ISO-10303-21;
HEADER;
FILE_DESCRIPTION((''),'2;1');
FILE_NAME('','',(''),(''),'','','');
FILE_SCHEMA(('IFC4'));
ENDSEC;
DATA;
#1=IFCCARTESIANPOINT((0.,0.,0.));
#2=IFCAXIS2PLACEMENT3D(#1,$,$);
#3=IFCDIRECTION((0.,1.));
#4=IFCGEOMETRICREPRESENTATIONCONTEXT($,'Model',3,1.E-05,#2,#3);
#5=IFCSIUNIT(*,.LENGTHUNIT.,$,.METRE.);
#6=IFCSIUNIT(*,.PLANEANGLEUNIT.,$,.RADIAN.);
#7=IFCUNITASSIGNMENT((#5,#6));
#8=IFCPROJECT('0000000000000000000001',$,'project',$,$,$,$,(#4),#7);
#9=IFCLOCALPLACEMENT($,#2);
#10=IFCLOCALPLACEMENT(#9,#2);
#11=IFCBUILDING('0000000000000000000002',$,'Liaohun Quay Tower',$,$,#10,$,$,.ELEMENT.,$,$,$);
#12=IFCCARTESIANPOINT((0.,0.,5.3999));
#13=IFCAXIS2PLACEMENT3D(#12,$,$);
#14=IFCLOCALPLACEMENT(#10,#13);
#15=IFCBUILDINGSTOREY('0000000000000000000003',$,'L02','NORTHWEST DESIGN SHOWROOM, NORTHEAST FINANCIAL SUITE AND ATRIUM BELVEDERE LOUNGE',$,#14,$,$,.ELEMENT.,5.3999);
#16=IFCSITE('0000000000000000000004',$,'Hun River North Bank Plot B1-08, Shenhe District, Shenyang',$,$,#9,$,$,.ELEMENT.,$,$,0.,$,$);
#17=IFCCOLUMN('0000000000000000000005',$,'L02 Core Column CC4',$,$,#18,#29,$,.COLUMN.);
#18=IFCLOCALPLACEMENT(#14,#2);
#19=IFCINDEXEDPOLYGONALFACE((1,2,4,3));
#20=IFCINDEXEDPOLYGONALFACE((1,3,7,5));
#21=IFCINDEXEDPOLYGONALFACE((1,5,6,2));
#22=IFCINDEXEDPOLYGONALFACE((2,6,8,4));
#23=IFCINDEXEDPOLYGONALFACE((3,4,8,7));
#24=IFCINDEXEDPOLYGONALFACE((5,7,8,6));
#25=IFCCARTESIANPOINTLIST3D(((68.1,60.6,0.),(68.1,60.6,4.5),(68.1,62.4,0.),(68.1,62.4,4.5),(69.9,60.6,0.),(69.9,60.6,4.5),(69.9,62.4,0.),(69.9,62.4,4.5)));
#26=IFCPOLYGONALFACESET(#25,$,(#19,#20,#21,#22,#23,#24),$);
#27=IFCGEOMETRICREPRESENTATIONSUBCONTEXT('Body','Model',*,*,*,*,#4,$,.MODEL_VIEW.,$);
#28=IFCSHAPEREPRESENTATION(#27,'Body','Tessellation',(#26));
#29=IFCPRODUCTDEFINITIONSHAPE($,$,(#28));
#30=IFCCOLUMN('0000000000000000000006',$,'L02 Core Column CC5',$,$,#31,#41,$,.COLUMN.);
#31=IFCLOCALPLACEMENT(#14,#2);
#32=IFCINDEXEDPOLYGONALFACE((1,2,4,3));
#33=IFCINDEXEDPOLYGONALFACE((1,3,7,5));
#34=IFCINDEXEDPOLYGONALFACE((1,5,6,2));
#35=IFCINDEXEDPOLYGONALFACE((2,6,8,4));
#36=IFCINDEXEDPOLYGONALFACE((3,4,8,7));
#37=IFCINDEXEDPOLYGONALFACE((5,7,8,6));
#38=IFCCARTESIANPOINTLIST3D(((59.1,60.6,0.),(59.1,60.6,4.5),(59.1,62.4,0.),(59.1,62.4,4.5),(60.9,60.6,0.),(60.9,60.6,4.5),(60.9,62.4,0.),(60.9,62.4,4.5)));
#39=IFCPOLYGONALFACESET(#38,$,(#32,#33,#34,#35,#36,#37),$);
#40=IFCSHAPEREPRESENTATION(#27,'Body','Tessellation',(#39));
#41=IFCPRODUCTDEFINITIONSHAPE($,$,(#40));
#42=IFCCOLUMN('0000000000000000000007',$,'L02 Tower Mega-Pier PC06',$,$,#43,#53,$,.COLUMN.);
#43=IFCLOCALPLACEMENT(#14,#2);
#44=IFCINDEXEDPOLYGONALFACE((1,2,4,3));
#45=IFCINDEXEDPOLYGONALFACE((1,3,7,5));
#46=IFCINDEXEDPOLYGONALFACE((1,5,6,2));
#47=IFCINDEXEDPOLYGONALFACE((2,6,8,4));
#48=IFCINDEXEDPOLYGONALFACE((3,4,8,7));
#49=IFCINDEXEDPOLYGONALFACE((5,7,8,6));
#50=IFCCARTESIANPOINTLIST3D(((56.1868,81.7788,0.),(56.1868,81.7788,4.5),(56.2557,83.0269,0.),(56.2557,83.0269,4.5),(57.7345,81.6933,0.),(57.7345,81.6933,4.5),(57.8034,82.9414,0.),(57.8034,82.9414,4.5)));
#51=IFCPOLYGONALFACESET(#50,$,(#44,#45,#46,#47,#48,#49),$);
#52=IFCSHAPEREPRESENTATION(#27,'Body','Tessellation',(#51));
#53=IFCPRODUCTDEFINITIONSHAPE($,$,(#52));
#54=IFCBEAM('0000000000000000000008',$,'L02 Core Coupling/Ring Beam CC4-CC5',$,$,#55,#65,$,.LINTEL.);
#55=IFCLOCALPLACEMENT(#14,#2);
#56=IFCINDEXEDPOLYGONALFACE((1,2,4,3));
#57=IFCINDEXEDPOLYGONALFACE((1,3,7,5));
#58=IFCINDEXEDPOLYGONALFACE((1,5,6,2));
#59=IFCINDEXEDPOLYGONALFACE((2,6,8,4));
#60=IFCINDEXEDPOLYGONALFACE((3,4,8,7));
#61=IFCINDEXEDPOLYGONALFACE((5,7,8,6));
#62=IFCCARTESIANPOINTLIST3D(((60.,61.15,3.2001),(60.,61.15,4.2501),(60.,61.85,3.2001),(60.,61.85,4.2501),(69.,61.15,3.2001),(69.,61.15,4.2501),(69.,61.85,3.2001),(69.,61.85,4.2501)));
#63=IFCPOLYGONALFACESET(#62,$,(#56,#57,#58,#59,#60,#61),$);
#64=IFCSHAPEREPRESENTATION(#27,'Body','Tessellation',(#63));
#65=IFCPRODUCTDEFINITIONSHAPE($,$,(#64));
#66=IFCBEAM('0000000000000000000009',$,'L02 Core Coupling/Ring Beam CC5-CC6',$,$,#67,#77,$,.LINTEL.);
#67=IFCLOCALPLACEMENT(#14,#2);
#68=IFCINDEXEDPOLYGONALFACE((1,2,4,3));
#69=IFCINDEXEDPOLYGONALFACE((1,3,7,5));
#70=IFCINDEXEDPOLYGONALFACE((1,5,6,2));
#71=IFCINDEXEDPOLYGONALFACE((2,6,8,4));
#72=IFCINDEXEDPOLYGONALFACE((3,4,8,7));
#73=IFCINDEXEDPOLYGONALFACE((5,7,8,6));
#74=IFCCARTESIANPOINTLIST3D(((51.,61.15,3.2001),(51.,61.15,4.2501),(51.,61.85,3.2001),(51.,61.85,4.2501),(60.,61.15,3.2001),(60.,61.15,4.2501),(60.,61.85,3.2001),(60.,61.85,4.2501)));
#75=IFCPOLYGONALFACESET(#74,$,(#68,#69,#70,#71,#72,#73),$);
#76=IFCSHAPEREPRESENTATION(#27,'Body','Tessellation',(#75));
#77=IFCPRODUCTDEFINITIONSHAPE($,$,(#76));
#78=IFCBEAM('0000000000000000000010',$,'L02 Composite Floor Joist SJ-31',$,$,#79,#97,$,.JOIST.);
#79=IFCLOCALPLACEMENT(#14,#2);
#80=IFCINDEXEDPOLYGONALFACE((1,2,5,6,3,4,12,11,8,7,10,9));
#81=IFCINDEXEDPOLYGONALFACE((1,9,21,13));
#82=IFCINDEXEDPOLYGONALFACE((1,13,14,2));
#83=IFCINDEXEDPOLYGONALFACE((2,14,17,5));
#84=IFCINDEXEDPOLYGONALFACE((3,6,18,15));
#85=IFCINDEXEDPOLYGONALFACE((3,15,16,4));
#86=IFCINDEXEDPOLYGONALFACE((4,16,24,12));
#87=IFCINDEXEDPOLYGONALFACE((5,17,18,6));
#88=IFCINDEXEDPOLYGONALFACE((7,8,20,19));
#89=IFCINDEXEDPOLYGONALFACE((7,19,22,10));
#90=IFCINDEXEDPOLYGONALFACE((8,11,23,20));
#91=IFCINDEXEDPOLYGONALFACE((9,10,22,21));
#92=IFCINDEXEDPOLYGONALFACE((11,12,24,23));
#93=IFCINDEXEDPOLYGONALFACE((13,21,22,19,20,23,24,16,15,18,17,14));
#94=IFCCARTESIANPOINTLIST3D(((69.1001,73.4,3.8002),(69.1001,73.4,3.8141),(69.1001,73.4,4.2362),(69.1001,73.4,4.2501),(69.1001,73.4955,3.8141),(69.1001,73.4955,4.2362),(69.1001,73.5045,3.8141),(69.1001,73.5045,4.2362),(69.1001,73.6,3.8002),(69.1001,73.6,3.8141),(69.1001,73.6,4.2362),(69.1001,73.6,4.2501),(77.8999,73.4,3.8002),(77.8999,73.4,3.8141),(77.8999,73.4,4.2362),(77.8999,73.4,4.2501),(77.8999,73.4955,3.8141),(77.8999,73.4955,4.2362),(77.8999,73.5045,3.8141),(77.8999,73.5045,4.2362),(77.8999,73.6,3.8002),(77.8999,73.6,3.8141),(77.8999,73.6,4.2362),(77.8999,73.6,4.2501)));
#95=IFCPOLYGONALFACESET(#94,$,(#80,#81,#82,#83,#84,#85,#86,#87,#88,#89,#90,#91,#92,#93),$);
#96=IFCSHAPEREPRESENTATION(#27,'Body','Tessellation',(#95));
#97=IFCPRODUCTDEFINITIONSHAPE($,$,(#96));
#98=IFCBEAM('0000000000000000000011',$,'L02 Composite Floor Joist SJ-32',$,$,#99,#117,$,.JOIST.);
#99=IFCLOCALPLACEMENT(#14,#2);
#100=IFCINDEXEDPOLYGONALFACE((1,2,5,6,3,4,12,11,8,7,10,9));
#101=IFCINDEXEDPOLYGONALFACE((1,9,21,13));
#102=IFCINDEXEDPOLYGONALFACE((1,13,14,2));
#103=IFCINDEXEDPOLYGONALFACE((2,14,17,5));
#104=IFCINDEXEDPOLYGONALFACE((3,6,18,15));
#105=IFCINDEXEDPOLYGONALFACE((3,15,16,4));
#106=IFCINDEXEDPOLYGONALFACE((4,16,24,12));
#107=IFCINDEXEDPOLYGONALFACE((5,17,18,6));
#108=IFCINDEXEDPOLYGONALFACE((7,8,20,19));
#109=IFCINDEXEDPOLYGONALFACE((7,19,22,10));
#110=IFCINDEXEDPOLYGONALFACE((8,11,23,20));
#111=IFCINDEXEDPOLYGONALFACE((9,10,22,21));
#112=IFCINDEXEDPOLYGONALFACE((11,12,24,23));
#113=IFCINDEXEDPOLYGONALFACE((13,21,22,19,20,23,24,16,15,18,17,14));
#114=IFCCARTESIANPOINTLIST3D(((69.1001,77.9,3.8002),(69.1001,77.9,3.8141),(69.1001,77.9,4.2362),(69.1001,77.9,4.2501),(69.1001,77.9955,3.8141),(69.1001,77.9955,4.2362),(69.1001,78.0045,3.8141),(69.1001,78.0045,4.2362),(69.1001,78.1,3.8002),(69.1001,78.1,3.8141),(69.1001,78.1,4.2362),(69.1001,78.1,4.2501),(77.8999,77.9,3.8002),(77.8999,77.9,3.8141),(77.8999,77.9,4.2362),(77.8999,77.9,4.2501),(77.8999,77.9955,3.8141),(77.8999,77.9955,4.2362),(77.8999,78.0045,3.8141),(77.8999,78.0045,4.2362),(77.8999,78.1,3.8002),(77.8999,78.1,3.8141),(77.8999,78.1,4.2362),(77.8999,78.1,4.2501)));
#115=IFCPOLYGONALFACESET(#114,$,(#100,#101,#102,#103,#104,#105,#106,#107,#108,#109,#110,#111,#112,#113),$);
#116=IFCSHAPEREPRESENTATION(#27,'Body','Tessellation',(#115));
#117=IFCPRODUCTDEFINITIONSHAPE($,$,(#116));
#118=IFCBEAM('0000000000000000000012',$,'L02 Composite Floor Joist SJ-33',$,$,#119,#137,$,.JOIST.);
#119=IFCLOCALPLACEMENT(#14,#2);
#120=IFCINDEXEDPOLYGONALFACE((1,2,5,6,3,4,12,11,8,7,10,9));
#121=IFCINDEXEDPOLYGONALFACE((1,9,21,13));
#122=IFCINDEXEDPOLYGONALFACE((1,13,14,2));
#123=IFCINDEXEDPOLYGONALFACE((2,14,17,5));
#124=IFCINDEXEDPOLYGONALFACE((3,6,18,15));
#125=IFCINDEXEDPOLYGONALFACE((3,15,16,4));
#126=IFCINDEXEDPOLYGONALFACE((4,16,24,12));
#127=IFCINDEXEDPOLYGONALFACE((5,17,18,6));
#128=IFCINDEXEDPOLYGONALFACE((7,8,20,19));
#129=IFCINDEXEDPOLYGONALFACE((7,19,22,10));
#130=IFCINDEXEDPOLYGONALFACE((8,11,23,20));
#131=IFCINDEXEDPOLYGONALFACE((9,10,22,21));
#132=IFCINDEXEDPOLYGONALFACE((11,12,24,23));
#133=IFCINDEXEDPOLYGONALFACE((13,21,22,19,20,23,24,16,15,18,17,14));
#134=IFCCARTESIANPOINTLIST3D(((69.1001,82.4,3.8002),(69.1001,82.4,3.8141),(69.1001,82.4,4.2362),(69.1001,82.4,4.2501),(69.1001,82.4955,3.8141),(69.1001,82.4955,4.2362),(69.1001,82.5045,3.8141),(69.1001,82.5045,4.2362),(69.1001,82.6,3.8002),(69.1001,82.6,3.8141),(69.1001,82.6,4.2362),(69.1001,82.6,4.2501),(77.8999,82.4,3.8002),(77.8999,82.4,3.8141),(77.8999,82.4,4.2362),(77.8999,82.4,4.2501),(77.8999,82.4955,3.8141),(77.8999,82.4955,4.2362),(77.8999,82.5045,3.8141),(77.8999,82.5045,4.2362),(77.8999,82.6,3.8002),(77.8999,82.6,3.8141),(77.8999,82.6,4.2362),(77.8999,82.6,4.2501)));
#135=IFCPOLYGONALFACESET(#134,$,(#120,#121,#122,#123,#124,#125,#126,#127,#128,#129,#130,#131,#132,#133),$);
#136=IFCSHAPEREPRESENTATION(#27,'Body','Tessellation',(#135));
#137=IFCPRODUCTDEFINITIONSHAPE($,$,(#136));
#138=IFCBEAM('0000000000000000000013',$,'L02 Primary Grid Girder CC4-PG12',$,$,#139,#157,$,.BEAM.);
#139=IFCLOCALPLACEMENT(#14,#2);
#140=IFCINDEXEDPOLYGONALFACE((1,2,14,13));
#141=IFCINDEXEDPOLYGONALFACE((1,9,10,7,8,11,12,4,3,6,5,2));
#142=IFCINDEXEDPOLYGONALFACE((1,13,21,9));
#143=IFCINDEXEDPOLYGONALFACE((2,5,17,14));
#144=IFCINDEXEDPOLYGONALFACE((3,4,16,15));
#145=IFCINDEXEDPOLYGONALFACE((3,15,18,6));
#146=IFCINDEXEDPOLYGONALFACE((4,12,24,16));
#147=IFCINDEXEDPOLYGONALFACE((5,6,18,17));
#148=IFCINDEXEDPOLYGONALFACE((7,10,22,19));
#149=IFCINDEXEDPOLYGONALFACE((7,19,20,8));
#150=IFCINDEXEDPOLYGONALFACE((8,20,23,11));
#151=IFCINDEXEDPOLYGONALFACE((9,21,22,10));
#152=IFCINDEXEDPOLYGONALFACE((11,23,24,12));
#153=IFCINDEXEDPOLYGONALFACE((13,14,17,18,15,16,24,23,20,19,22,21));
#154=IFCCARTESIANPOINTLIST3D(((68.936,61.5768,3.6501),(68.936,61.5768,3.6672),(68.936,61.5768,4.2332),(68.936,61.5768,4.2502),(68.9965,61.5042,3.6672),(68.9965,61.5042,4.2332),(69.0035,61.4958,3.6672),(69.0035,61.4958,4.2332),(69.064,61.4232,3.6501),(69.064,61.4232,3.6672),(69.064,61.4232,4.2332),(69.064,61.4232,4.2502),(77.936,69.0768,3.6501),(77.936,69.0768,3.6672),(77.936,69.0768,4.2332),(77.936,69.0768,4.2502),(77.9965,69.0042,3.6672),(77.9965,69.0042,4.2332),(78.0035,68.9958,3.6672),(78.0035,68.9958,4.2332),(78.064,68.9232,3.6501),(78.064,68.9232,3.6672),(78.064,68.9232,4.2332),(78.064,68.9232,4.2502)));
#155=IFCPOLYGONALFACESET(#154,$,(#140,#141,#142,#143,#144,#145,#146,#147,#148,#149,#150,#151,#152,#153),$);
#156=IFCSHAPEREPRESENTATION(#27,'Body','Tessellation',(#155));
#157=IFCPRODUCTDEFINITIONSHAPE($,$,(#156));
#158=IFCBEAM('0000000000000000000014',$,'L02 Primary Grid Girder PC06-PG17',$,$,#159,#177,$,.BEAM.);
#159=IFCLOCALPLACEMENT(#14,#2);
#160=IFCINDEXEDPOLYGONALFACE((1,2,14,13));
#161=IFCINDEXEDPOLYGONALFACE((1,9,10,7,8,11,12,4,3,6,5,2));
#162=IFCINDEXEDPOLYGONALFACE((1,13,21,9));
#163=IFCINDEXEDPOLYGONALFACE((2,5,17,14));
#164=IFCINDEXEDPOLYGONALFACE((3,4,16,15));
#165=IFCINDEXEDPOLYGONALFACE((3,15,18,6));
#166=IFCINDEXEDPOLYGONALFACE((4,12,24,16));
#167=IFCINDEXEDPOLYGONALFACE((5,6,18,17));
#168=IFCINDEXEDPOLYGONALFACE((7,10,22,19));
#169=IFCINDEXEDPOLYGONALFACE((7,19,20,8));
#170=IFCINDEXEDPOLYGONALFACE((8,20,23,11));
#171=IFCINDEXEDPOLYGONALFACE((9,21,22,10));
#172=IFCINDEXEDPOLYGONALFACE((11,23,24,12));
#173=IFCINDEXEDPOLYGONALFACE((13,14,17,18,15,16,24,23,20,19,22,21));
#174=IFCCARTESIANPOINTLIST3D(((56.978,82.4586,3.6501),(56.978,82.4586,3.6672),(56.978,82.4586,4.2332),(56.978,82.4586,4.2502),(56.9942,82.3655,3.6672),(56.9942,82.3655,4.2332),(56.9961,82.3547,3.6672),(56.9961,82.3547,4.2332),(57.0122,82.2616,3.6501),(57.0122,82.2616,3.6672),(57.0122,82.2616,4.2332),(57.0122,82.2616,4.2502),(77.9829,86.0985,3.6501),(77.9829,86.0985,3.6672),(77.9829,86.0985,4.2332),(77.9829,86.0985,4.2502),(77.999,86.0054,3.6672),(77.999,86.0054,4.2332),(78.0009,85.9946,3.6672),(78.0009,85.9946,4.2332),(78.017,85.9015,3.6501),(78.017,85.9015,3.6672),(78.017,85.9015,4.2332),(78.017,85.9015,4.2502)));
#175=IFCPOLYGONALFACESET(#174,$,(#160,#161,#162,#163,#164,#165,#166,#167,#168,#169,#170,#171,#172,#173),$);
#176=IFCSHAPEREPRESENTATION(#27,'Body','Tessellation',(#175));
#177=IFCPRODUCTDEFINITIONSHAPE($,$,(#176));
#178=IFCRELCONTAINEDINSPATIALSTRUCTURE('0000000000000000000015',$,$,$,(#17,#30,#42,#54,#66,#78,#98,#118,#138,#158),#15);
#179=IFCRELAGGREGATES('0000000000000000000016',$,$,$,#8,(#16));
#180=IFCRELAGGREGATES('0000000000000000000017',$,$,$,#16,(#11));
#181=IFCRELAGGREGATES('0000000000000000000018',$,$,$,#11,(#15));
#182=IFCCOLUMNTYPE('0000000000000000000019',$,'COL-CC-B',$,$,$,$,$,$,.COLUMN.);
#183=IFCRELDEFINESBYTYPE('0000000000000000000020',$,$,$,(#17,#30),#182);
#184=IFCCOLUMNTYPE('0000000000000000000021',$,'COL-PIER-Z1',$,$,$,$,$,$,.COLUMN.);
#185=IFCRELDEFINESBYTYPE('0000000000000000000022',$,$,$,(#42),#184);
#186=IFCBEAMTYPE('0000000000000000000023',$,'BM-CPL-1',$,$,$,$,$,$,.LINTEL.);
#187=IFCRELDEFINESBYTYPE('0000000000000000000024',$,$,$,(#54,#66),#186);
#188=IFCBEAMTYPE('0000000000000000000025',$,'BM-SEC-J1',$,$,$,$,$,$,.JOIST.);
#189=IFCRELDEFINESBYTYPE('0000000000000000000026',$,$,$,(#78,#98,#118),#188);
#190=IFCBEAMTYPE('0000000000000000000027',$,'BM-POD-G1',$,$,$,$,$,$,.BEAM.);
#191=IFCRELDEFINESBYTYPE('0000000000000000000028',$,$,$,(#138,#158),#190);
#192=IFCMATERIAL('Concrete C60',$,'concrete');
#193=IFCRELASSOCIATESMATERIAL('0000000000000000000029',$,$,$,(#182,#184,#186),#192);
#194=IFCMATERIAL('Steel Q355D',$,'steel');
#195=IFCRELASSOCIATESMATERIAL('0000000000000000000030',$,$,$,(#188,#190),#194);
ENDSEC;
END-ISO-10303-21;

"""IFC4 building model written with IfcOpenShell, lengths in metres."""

from ifc_helpers import new_model, si_unit, direction, frame, origin, origin_2d, place, context, subcontext, project, spatial, rectangle, i_section, extrude, source, transform, mapped, material, material_profile, profile_set, type_object, element, save


model = new_model("IFC4")

# Units and contexts
model_context = context("Model", 3, precision=1e-05, world=origin(), true_north=direction((0.0, 1.0)))
body_context = subcontext(model_context, "Body", "Model", "MODEL_VIEW")
ifc_project = project(units=[si_unit("LENGTHUNIT", "METRE"), si_unit("PLANEANGLEUNIT", "RADIAN")], contexts=[model_context])

# Site, building, storey
site_placement = place(None, origin())
site = spatial("IfcSite", under=ifc_project, at=site_placement, Name="Hun River North Bank Plot B1-08, Shenhe District, Shenyang", CompositionType="ELEMENT", RefElevation=0.0)
building_placement = place(site_placement, origin())
building = spatial("IfcBuilding", under=site, at=building_placement, Name="Liaohun Quay Tower", CompositionType="ELEMENT")
storey_placement = place(building_placement, frame((0.0, 0.0, 5.3999)))
storey = spatial("IfcBuildingStorey", under=building, at=storey_placement, Name="L02", Description="NORTHWEST DESIGN SHOWROOM, NORTHEAST FINANCIAL SUITE AND ATRIUM BELVEDERE LOUNGE", CompositionType="ELEMENT", Elevation=5.3999)

# Columns
ifc_material_1 = material(Name="Concrete C60", Category="concrete")
ifc_material_profile_1 = material_profile(ifc_material_1, rectangle(XDim=1.8, YDim=1.8, at=origin_2d()), Name="RC1800x1800")
ifc_profile_set_1 = profile_set([ifc_material_profile_1], Name="Concrete C60")
column_type_1 = type_object("IfcColumnType", Name="COL-CC-B", PredefinedType="COLUMN", material=ifc_profile_set_1)
shared_shape_1 = source(origin(), body_context, "Body", "SweptSolid", [
    extrude(rectangle(XDim=1.8, YDim=1.8, at=origin_2d()), origin(), (0.0, 0.0, 1.0), 4.5),
])
for number, where, z_axis, x_axis, name in (
    (1, (69.0, 61.5, 0.0), (0.0, 0.0, 1.0), (1.0, 0.0, 0.0), "L02 Core Column CC4"),
    (2, (60.0, 61.5, 0.0), (0.0, 0.0, 1.0), (1.0, 0.0, 0.0), "L02 Core Column CC5"),
):
    element("IfcColumn", number, at=place(storey_placement, frame(where, z_axis=z_axis, x_axis=x_axis)), inside=storey, type_object=column_type_1, Name=name, PredefinedType="COLUMN", context=body_context, shape_type="MappedRepresentation", body=[
        mapped(shared_shape_1, transform((0.0, 0.0, 0.0), x_axis=(1.0, 0.0, 0.0), y_axis=(0.0, 1.0, 0.0), z_axis=(0.0, 0.0, 1.0), scale=1.0)),
    ])
ifc_material_profile_2 = material_profile(ifc_material_1, rectangle(XDim=1.55, YDim=1.25, at=origin_2d()), Name="RC1550x1250")
ifc_profile_set_2 = profile_set([ifc_material_profile_2], Name="Concrete C60")
column_type_2 = type_object("IfcColumnType", Name="COL-PIER-Z1", PredefinedType="COLUMN", material=ifc_profile_set_2)
shared_shape_2 = source(origin(), body_context, "Body", "SweptSolid", [
    extrude(rectangle(XDim=1.55, YDim=1.25, at=origin_2d()), origin(), (0.0, 0.0, 1.0), 4.5),
])
column_placement = place(storey_placement, frame((56.9951, 82.3601, 0.0), z_axis=(0.0, 0.0, 1.0), x_axis=(-0.998479, 0.055124, 0.0)))
element("IfcColumn", 3, at=column_placement, inside=storey, type_object=column_type_2, Name="L02 Tower Mega-Pier PC06", PredefinedType="COLUMN", context=body_context, shape_type="MappedRepresentation", body=[
    mapped(shared_shape_2, transform((0.0, 0.0, 0.0), x_axis=(1.0, 0.0, 0.0), y_axis=(0.0, 1.0, 0.0), z_axis=(0.0, 0.0, 1.0), scale=1.0)),
])

# Beams
ifc_material_profile_3 = material_profile(ifc_material_1, rectangle(XDim=0.7, YDim=1.05, at=origin_2d()), Name="RC700x1050")
ifc_profile_set_3 = profile_set([ifc_material_profile_3], Name="Concrete C60")
beam_type_1 = type_object("IfcBeamType", Name="BM-CPL-1", PredefinedType="LINTEL", material=ifc_profile_set_3)
shared_shape_3 = source(origin(), body_context, "Body", "SweptSolid", [
    extrude(rectangle(XDim=0.7, YDim=1.05, at=origin_2d()), origin(), (0.0, 0.0, 1.0), 9.0),
])
for number, where, z_axis, x_axis, name in (
    (4, (69.0, 61.5, 3.7251), (-1.0, 0.0, 0.0), (0.0, -1.0, 0.0), "L02 Core Coupling/Ring Beam CC4-CC5"),
    (5, (60.0, 61.5, 3.7251), (-1.0, 0.0, 0.0), (0.0, -1.0, 0.0), "L02 Core Coupling/Ring Beam CC5-CC6"),
):
    element("IfcBeam", number, at=place(storey_placement, frame(where, z_axis=z_axis, x_axis=x_axis)), inside=storey, type_object=beam_type_1, Name=name, PredefinedType="LINTEL", context=body_context, shape_type="MappedRepresentation", body=[
        mapped(shared_shape_3, transform((0.0, 0.0, 0.0), x_axis=(1.0, 0.0, 0.0), y_axis=(0.0, 1.0, 0.0), z_axis=(0.0, 0.0, 1.0), scale=1.0)),
    ])
ifc_material_2 = material(Name="Steel Q355D", Category="steel")
ifc_material_profile_4 = material_profile(ifc_material_2, i_section(OverallWidth=0.2, OverallDepth=0.45, WebThickness=0.009, FlangeThickness=0.0139, at=origin_2d()), Name="HN450x200x9x14")
ifc_profile_set_4 = profile_set([ifc_material_profile_4], Name="Steel Q355D")
beam_type_2 = type_object("IfcBeamType", Name="BM-SEC-J1", PredefinedType="JOIST", material=ifc_profile_set_4)
shared_shape_4 = source(origin(), body_context, "Body", "SweptSolid", [
    extrude(i_section(OverallWidth=0.2, OverallDepth=0.45, WebThickness=0.009, FlangeThickness=0.0139, at=origin_2d()), origin(), (0.0, 0.0, 1.0), 8.7998),
])
for number, where, z_axis, x_axis, name in (
    (6, (69.1001, 73.5, 4.0251), (1.0, 0.0, 0.0), (0.0, 1.0, 0.0), "L02 Composite Floor Joist SJ-31"),
    (7, (69.1001, 78.0, 4.0251), (1.0, 0.0, 0.0), (0.0, 1.0, 0.0), "L02 Composite Floor Joist SJ-32"),
    (8, (69.1001, 82.5, 4.0251), (1.0, 0.0, 0.0), (0.0, 1.0, 0.0), "L02 Composite Floor Joist SJ-33"),
):
    element("IfcBeam", number, at=place(storey_placement, frame(where, z_axis=z_axis, x_axis=x_axis)), inside=storey, type_object=beam_type_2, Name=name, PredefinedType="JOIST", context=body_context, shape_type="MappedRepresentation", body=[
        mapped(shared_shape_4, transform((0.0, 0.0, 0.0), x_axis=(1.0, 0.0, 0.0), y_axis=(0.0, 1.0, 0.0), z_axis=(0.0, 0.0, 1.0), scale=1.0)),
    ])
ifc_material_profile_5 = material_profile(ifc_material_2, i_section(OverallWidth=0.2, OverallDepth=0.6001, WebThickness=0.011, FlangeThickness=0.0171, at=origin_2d()), Name="HN600x200x11x17")
ifc_profile_set_5 = profile_set([ifc_material_profile_5], Name="Steel Q355D")
beam_type_3 = type_object("IfcBeamType", Name="BM-POD-G1", PredefinedType="BEAM", material=ifc_profile_set_5)
shared_shape_5 = source(origin(), body_context, "Body", "SweptSolid", [
    extrude(i_section(OverallWidth=0.2, OverallDepth=0.6001, WebThickness=0.011, FlangeThickness=0.0171, at=origin_2d()), origin(), (0.0, 0.0, 1.0), 11.7153),
])
beam_1_placement = place(storey_placement, frame((69.0, 61.5, 3.9502), z_axis=(0.768221, 0.640184, 0.0), x_axis=(-0.640184, 0.768221, 0.0)))
element("IfcBeam", 9, at=beam_1_placement, inside=storey, type_object=beam_type_3, Name="L02 Primary Grid Girder CC4-PG12", PredefinedType="BEAM", context=body_context, shape_type="MappedRepresentation", body=[
    mapped(shared_shape_5, transform((0.0, 0.0, 0.0), x_axis=(1.0, 0.0, 0.0), y_axis=(0.0, 1.0, 0.0), z_axis=(0.0, 0.0, 1.0), scale=1.0)),
])
shared_shape_6 = source(origin(), body_context, "Body", "SweptSolid", [
    extrude(i_section(OverallWidth=0.2, OverallDepth=0.6001, WebThickness=0.011, FlangeThickness=0.0171, at=origin_2d()), origin(), (0.0, 0.0, 1.0), 21.3179),
])
beam_2_placement = place(storey_placement, frame((56.9951, 82.3601, 3.9502), z_axis=(0.985316, 0.170743, 0.0), x_axis=(-0.170743, 0.985316, 0.0)))
element("IfcBeam", 10, at=beam_2_placement, inside=storey, type_object=beam_type_3, Name="L02 Primary Grid Girder PC06-PG17", PredefinedType="BEAM", context=body_context, shape_type="MappedRepresentation", body=[
    mapped(shared_shape_6, transform((0.0, 0.0, 0.0), x_axis=(1.0, 0.0, 0.0), y_axis=(0.0, 1.0, 0.0), z_axis=(0.0, 0.0, 1.0), scale=1.0)),
])

save(model, "model.ifc")
